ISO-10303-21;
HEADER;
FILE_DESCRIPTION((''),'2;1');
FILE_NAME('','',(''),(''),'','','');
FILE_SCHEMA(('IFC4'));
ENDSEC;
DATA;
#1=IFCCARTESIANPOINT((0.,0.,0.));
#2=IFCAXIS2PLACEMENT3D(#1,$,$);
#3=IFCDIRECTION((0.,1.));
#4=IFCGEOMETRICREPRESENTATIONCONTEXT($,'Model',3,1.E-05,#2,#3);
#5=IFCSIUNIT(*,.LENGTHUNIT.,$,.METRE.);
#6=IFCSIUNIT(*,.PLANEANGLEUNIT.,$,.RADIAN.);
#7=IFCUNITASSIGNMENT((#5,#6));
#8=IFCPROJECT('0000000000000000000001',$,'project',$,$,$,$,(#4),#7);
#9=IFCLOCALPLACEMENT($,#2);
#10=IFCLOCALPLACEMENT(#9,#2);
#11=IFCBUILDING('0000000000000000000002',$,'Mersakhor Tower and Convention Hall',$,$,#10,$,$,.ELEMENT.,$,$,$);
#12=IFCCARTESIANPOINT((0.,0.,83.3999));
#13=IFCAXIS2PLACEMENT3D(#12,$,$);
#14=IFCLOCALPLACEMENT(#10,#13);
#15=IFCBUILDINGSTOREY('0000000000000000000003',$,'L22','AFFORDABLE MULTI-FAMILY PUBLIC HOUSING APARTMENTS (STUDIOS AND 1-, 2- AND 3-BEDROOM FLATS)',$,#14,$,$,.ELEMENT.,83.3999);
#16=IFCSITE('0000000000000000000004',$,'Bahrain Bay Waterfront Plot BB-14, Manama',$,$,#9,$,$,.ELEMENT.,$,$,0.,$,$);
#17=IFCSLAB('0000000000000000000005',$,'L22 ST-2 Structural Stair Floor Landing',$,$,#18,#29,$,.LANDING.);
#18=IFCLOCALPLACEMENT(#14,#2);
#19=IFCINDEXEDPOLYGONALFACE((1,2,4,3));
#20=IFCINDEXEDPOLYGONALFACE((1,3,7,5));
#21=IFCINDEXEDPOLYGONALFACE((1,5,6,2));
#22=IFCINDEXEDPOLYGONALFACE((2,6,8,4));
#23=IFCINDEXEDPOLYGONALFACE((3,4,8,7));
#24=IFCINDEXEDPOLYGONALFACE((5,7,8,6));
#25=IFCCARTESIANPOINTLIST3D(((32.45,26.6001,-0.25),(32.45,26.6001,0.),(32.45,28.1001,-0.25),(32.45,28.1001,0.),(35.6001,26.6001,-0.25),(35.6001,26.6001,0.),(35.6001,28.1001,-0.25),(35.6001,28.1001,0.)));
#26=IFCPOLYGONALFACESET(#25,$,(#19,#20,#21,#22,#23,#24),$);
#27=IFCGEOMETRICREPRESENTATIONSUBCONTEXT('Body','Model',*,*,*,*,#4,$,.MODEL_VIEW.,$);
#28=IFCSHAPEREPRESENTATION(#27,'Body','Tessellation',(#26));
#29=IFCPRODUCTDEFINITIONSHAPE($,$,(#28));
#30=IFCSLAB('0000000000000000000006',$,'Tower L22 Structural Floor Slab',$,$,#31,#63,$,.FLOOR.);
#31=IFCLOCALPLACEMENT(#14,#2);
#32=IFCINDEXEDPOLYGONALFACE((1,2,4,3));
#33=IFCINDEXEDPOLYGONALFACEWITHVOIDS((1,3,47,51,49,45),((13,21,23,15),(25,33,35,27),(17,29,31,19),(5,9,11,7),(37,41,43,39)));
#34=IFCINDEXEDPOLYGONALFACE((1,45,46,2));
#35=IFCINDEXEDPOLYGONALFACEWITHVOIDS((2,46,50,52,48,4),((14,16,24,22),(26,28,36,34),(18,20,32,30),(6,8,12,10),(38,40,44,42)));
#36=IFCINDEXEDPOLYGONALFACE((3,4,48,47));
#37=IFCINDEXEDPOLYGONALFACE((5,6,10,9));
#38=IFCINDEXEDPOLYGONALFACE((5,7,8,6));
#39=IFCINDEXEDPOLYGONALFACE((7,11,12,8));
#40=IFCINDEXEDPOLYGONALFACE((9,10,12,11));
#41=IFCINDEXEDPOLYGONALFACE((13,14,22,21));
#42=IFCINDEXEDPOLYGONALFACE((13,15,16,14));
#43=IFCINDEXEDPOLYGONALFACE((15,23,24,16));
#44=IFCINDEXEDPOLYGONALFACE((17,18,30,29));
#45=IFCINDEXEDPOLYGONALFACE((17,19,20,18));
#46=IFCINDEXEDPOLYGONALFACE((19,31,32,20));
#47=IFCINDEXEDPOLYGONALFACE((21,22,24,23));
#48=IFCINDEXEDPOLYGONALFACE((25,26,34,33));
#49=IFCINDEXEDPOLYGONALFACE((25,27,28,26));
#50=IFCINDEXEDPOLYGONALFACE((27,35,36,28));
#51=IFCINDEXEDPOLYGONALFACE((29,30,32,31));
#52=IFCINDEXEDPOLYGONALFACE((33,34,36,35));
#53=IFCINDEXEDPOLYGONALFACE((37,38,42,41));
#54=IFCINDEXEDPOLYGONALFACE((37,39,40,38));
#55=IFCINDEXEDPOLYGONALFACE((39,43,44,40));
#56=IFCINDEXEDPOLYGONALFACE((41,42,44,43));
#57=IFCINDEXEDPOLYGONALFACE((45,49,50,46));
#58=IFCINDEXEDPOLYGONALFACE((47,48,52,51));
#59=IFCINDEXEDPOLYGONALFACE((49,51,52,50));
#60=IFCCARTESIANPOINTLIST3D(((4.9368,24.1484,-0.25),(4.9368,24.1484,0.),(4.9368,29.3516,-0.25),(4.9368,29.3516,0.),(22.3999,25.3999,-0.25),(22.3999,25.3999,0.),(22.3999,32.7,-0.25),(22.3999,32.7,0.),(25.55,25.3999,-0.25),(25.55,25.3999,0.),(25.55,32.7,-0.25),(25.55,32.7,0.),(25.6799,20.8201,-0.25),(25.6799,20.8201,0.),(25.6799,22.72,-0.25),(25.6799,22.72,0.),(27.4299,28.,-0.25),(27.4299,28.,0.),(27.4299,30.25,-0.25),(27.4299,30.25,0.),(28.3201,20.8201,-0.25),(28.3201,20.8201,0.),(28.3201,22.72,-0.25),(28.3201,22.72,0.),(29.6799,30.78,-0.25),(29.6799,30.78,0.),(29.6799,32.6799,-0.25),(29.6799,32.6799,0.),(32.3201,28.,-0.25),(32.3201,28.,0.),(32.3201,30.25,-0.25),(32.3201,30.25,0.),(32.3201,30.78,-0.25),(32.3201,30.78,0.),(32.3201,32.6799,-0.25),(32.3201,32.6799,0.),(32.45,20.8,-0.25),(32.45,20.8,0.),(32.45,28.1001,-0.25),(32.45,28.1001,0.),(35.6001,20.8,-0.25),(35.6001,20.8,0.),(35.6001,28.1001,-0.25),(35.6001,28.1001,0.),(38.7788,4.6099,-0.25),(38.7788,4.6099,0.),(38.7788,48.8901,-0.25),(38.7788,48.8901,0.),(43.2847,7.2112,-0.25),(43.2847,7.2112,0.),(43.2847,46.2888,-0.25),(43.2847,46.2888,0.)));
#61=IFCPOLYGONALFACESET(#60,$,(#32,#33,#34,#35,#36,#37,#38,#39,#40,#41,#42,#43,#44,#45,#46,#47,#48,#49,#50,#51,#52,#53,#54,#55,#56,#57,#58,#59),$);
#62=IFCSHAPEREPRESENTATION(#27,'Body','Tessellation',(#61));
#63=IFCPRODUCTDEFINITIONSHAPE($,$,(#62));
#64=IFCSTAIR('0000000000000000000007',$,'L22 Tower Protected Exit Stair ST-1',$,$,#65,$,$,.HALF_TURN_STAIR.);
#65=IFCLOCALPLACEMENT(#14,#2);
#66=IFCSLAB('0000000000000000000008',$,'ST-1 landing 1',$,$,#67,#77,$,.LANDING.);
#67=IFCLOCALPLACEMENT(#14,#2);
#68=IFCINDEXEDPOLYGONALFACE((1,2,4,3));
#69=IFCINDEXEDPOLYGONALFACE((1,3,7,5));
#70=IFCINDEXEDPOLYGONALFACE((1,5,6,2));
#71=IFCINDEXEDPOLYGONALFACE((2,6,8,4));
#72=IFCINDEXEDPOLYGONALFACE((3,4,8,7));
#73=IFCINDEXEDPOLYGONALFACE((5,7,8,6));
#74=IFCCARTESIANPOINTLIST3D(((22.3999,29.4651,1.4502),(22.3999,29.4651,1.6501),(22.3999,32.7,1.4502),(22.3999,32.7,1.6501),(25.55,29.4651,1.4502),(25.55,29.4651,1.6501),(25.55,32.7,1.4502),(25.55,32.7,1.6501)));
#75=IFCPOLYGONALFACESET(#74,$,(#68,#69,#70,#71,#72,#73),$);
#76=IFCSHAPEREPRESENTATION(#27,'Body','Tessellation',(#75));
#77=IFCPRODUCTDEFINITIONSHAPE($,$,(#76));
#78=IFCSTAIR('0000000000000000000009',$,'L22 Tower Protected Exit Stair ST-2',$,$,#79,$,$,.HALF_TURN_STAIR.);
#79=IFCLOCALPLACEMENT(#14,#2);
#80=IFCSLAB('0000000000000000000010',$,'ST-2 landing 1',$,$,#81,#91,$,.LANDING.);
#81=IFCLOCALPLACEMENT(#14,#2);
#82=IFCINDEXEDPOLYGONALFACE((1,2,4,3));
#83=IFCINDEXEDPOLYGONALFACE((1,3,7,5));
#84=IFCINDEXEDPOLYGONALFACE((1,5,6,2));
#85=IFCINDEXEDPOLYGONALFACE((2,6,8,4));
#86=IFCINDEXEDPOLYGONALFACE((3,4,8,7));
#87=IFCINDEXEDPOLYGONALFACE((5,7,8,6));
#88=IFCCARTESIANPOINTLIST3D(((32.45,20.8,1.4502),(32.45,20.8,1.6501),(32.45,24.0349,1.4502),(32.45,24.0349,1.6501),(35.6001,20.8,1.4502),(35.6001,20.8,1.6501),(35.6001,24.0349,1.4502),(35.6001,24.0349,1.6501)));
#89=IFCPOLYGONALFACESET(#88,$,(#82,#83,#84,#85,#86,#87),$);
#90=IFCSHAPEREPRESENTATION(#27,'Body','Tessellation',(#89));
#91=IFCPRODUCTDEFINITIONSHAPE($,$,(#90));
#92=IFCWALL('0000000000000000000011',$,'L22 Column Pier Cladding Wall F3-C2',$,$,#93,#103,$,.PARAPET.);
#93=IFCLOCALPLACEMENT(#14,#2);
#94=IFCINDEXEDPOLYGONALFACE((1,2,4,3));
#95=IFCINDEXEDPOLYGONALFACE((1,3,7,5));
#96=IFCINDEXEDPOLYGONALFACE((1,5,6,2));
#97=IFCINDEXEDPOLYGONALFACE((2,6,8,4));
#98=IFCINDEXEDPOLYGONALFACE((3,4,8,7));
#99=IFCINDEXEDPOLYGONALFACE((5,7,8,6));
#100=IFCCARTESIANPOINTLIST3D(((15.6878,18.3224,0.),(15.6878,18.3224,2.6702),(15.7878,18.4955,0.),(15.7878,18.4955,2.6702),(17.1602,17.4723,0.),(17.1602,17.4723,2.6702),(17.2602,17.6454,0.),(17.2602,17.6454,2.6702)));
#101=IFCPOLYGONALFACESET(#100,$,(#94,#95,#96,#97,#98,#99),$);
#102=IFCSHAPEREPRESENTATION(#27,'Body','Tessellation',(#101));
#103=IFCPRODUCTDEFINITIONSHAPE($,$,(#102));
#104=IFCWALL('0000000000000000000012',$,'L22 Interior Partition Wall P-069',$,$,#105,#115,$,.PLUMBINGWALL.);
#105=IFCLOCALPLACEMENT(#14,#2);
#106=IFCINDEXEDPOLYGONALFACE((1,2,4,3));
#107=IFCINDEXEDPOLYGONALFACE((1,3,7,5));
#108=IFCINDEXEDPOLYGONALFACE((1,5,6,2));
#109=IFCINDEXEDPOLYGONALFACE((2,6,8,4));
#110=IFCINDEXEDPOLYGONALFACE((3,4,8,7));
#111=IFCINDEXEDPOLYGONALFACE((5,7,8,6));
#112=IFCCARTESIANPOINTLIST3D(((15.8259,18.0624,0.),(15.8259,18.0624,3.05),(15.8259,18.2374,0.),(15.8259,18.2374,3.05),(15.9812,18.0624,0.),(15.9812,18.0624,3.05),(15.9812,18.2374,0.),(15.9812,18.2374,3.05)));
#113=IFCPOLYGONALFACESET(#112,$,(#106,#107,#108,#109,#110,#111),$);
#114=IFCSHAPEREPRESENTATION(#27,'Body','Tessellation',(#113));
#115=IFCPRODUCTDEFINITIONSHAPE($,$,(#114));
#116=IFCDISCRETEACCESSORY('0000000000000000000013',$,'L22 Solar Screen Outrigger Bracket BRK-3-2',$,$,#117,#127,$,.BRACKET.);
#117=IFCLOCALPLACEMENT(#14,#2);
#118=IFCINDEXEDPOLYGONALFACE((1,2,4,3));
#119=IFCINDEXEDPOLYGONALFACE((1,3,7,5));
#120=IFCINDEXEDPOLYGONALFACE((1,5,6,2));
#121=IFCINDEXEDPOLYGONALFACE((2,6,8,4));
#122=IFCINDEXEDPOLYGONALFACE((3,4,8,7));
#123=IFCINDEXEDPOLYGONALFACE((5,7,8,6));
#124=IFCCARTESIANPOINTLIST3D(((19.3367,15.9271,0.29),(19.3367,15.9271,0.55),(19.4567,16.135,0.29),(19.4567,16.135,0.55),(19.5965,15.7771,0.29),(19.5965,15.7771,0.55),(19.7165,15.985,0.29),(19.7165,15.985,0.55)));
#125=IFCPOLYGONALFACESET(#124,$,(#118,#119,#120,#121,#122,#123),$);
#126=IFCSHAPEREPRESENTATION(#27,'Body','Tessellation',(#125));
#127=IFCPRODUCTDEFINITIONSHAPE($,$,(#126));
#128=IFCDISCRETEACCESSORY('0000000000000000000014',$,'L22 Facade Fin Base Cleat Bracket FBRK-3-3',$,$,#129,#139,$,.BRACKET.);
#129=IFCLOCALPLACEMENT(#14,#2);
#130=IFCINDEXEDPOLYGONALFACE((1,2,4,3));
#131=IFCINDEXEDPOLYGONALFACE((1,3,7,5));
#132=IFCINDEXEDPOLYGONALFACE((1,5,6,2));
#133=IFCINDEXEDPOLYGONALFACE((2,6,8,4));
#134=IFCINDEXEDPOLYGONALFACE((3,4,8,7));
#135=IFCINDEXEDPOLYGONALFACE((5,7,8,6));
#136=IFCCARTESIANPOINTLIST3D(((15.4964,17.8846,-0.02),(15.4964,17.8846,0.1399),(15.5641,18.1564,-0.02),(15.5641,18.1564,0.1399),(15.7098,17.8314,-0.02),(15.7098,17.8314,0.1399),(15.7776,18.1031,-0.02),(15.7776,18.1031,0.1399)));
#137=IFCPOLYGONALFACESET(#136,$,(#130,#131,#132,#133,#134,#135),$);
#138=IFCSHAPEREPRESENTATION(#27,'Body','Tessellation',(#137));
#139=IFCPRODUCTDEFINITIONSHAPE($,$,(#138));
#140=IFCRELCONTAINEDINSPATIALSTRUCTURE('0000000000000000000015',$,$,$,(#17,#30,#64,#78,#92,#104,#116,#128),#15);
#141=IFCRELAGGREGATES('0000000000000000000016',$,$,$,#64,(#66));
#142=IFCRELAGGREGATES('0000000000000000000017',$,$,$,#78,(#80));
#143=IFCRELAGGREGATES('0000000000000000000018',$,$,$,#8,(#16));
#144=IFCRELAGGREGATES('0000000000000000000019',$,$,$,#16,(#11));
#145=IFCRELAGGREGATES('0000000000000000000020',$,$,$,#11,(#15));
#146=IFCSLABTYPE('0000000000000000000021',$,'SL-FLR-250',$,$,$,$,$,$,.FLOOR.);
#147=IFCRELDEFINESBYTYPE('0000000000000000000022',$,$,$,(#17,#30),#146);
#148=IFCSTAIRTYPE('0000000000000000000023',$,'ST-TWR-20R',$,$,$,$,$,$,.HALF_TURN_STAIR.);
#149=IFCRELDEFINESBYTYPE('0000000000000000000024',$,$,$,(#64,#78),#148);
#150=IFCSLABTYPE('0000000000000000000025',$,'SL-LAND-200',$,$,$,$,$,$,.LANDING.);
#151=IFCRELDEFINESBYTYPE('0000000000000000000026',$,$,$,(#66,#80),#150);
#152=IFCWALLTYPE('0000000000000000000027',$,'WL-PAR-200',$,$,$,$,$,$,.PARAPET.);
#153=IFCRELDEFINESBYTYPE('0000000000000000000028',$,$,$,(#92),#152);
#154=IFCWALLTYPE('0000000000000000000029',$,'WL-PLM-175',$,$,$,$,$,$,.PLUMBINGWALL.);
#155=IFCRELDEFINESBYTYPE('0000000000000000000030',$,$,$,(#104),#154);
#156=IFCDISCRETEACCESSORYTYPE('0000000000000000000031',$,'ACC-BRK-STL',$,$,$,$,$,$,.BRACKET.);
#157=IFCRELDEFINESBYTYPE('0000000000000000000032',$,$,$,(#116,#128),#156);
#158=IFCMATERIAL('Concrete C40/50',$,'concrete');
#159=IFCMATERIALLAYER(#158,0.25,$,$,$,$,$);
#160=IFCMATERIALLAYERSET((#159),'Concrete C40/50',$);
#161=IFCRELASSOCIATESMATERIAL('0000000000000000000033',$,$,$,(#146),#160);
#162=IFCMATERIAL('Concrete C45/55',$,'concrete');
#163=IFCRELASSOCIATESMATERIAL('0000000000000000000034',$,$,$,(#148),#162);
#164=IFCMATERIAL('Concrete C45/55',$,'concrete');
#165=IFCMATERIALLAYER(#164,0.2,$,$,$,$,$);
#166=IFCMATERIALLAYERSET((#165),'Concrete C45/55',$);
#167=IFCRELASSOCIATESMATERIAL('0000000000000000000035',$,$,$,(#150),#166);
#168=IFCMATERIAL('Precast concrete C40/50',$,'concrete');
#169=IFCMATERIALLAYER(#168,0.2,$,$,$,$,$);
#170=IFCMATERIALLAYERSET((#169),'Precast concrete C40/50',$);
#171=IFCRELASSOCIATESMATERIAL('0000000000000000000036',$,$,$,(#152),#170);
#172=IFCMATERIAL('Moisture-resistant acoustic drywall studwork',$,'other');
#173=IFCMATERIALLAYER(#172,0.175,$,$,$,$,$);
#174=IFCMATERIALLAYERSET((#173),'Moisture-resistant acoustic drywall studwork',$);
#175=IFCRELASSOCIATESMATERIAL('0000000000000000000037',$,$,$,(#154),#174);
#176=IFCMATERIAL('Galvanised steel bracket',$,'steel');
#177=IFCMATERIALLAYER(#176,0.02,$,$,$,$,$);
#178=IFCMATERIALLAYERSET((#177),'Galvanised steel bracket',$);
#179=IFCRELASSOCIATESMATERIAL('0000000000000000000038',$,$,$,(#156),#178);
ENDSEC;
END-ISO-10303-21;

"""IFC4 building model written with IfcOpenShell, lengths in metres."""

from ifc_helpers import new_model, si_unit, direction, frame, frame_2d, origin, origin_2d, place, context, subcontext, project, spatial, polyline, rectangle, outline, extrude, material, layer, layer_set, type_object, element, aggregate, save


model = new_model("IFC4")

# Units and contexts
model_context = context("Model", 3, precision=1e-05, world=origin(), true_north=direction((0.0, 1.0)))
body_context = subcontext(model_context, "Body", "Model", "MODEL_VIEW")
ifc_project = project(units=[si_unit("LENGTHUNIT", "METRE"), si_unit("PLANEANGLEUNIT", "RADIAN")], contexts=[model_context])

# Site, building, storey
site_placement = place(None, origin())
site = spatial("IfcSite", under=ifc_project, at=site_placement, Name="Bahrain Bay Waterfront Plot BB-14, Manama", CompositionType="ELEMENT", RefElevation=0.0)
building_placement = place(site_placement, origin())
building = spatial("IfcBuilding", under=site, at=building_placement, Name="Mersakhor Tower and Convention Hall", CompositionType="ELEMENT")
storey_placement = place(building_placement, frame((0.0, 0.0, 83.3999)))
storey = spatial("IfcBuildingStorey", under=building, at=storey_placement, Name="L22", Description="AFFORDABLE MULTI-FAMILY PUBLIC HOUSING APARTMENTS (STUDIOS AND 1-, 2- AND 3-BEDROOM FLATS)", CompositionType="ELEMENT", Elevation=83.3999)

# Slabs
ifc_material_1 = material(Name="Concrete C40/50", Category="concrete")
ifc_layer_1 = layer(ifc_material_1, 0.25)
ifc_layer_set_1 = layer_set([ifc_layer_1], Name="Concrete C40/50")
slab_type_1 = type_object("IfcSlabType", Name="SL-FLR-250", PredefinedType="FLOOR", material=ifc_layer_set_1)
slab_1_placement = place(storey_placement, frame((0.0, 0.0, -0.25)))
element("IfcSlab", 1, at=slab_1_placement, inside=storey, type_object=slab_type_1, Name="L22 ST-2 Structural Stair Floor Landing", PredefinedType="LANDING", context=body_context, shape_type="SweptSolid", body=[
    extrude(outline(polyline([(32.45, 28.1001), (32.45, 26.6001), (35.6001, 26.6001), (35.6001, 28.1001), (32.45, 28.1001)])), origin(), (0.0, 0.0, 1.0), 0.25),
])
slab_2_placement = place(storey_placement, frame((0.0, 0.0, -0.25)))
element("IfcSlab", 2, at=slab_2_placement, inside=storey, type_object=slab_type_1, Name="Tower L22 Structural Floor Slab", PredefinedType="FLOOR", context=body_context, shape_type="SweptSolid", body=[
    extrude(outline(polyline([(4.9368, 29.3516), (38.7788, 48.8901), (43.2847, 46.2888), (43.2847, 7.2112), (38.7788, 4.6099), (4.9368, 24.1484), (4.9368, 29.3516)]), holes=[polyline([(25.55, 25.3999), (25.55, 32.7), (22.3999, 32.7), (22.3999, 25.3999), (25.55, 25.3999)]), polyline([(32.45, 28.1001), (32.45, 20.8), (35.6001, 20.8), (35.6001, 28.1001), (32.45, 28.1001)]), polyline([(25.6799, 20.8201), (25.6799, 22.72), (28.3201, 22.72), (28.3201, 20.8201), (25.6799, 20.8201)]), polyline([(29.6799, 30.78), (29.6799, 32.6799), (32.3201, 32.6799), (32.3201, 30.78), (29.6799, 30.78)]), polyline([(27.4299, 28.0), (27.4299, 30.25), (32.3201, 30.25), (32.3201, 28.0), (27.4299, 28.0)])]), origin(), (0.0, 0.0, 1.0), 0.25),
])

# Stairs, slabs
ifc_material_2 = material(Name="Concrete C45/55", Category="concrete")
stair_type = type_object("IfcStairType", Name="ST-TWR-20R", PredefinedType="HALF_TURN_STAIR", material=ifc_material_2)
stair_1_placement = place(storey_placement, origin())
stair_1 = element("IfcStair", 3, at=stair_1_placement, inside=storey, type_object=stair_type, Name="L22 Tower Protected Exit Stair ST-1", PredefinedType="HALF_TURN_STAIR")
ifc_material_3 = material(Name="Concrete C45/55", Category="concrete")
ifc_layer_2 = layer(ifc_material_3, 0.2)
ifc_layer_set_2 = layer_set([ifc_layer_2], Name="Concrete C45/55")
slab_type_2 = type_object("IfcSlabType", Name="SL-LAND-200", PredefinedType="LANDING", material=ifc_layer_set_2)
slab_3_placement = place(storey_placement, frame((0.0, 0.0, 1.4502)))
slab_3 = element("IfcSlab", 4, at=slab_3_placement, type_object=slab_type_2, Name="ST-1 landing 1", PredefinedType="LANDING", context=body_context, shape_type="SweptSolid", body=[
    extrude(outline(polyline([(25.55, 29.4651), (25.55, 32.7), (22.3999, 32.7), (22.3999, 29.4651), (25.55, 29.4651)])), origin(), (0.0, 0.0, 1.0), 0.2),
])
aggregate(stair_1, [slab_3])
stair_2_placement = place(storey_placement, origin())
stair_2 = element("IfcStair", 5, at=stair_2_placement, inside=storey, type_object=stair_type, Name="L22 Tower Protected Exit Stair ST-2", PredefinedType="HALF_TURN_STAIR")
slab_4_placement = place(storey_placement, frame((0.0, 0.0, 1.4502)))
slab_4 = element("IfcSlab", 6, at=slab_4_placement, type_object=slab_type_2, Name="ST-2 landing 1", PredefinedType="LANDING", context=body_context, shape_type="SweptSolid", body=[
    extrude(outline(polyline([(32.45, 24.0349), (32.45, 20.8), (35.6001, 20.8), (35.6001, 24.0349), (32.45, 24.0349)])), origin(), (0.0, 0.0, 1.0), 0.2),
])
aggregate(stair_2, [slab_4])

# Walls
ifc_material_4 = material(Name="Precast concrete C40/50", Category="concrete")
ifc_layer_3 = layer(ifc_material_4, 0.2)
ifc_layer_set_3 = layer_set([ifc_layer_3], Name="Precast concrete C40/50")
wall_type_1 = type_object("IfcWallType", Name="WL-PAR-200", PredefinedType="PARAPET", material=ifc_layer_set_3)
wall_1_placement = place(storey_placement, frame((17.2102, 17.5588, 0.0), z_axis=(0.0, 0.0, 1.0), x_axis=(-0.866025, 0.5, 0.0)))
element("IfcWall", 7, at=wall_1_placement, inside=storey, type_object=wall_type_1, Name="L22 Column Pier Cladding Wall F3-C2", PredefinedType="PARAPET", context=body_context, shape_type="SweptSolid", body=[
    extrude(rectangle(XDim=1.7002, YDim=0.2, at=frame_2d((0.8501, 0.0))), origin(), (0.0, 0.0, 1.0), 2.6702),
])
ifc_material_5 = material(Name="Moisture-resistant acoustic drywall studwork", Category="other")
ifc_layer_4 = layer(ifc_material_5, 0.175)
ifc_layer_set_4 = layer_set([ifc_layer_4], Name="Moisture-resistant acoustic drywall studwork")
wall_type_2 = type_object("IfcWallType", Name="WL-PLM-175", PredefinedType="PLUMBINGWALL", material=ifc_layer_set_4)
wall_2_placement = place(storey_placement, frame((15.9812, 18.1499, 0.0), z_axis=(0.0, 0.0, 1.0), x_axis=(-1.0, 0.0, 0.0)))
element("IfcWall", 8, at=wall_2_placement, inside=storey, type_object=wall_type_2, Name="L22 Interior Partition Wall P-069", PredefinedType="PLUMBINGWALL", context=body_context, shape_type="SweptSolid", body=[
    extrude(rectangle(XDim=0.1553, YDim=0.175, at=frame_2d((0.0776, 0.0))), origin(), (0.0, 0.0, 1.0), 3.05),
])

# Discrete accessories
ifc_material_6 = material(Name="Galvanised steel bracket", Category="steel")
ifc_layer_5 = layer(ifc_material_6, 0.02)
ifc_layer_set_5 = layer_set([ifc_layer_5], Name="Galvanised steel bracket")
discrete_accessory_type = type_object("IfcDiscreteAccessoryType", Name="ACC-BRK-STL", PredefinedType="BRACKET", material=ifc_layer_set_5)
discrete_accessory_1_placement = place(storey_placement, frame((19.5266, 15.9561, 0.29), z_axis=(0.0, 0.0, 1.0), x_axis=(-0.866025, 0.5, 0.0)))
element("IfcDiscreteAccessory", 9, at=discrete_accessory_1_placement, inside=storey, type_object=discrete_accessory_type, Name="L22 Solar Screen Outrigger Bracket BRK-3-2", PredefinedType="BRACKET", context=body_context, shape_type="SweptSolid", body=[
    extrude(rectangle(XDim=0.3, YDim=0.24, at=origin_2d()), origin(), (0.0, 0.0, 1.0), 0.26),
])
discrete_accessory_2_placement = place(storey_placement, frame((15.637, 17.9939, -0.02), z_axis=(0.0, 0.0, 1.0), x_axis=(-0.241922, -0.970296, 0.0)))
element("IfcDiscreteAccessory", 10, at=discrete_accessory_2_placement, inside=storey, type_object=discrete_accessory_type, Name="L22 Facade Fin Base Cleat Bracket FBRK-3-3", PredefinedType="BRACKET", context=body_context, shape_type="SweptSolid", body=[
    extrude(rectangle(XDim=0.28, YDim=0.22, at=origin_2d()), origin(), (0.0, 0.0, 1.0), 0.1599),
])

save(model, "model.ifc")
